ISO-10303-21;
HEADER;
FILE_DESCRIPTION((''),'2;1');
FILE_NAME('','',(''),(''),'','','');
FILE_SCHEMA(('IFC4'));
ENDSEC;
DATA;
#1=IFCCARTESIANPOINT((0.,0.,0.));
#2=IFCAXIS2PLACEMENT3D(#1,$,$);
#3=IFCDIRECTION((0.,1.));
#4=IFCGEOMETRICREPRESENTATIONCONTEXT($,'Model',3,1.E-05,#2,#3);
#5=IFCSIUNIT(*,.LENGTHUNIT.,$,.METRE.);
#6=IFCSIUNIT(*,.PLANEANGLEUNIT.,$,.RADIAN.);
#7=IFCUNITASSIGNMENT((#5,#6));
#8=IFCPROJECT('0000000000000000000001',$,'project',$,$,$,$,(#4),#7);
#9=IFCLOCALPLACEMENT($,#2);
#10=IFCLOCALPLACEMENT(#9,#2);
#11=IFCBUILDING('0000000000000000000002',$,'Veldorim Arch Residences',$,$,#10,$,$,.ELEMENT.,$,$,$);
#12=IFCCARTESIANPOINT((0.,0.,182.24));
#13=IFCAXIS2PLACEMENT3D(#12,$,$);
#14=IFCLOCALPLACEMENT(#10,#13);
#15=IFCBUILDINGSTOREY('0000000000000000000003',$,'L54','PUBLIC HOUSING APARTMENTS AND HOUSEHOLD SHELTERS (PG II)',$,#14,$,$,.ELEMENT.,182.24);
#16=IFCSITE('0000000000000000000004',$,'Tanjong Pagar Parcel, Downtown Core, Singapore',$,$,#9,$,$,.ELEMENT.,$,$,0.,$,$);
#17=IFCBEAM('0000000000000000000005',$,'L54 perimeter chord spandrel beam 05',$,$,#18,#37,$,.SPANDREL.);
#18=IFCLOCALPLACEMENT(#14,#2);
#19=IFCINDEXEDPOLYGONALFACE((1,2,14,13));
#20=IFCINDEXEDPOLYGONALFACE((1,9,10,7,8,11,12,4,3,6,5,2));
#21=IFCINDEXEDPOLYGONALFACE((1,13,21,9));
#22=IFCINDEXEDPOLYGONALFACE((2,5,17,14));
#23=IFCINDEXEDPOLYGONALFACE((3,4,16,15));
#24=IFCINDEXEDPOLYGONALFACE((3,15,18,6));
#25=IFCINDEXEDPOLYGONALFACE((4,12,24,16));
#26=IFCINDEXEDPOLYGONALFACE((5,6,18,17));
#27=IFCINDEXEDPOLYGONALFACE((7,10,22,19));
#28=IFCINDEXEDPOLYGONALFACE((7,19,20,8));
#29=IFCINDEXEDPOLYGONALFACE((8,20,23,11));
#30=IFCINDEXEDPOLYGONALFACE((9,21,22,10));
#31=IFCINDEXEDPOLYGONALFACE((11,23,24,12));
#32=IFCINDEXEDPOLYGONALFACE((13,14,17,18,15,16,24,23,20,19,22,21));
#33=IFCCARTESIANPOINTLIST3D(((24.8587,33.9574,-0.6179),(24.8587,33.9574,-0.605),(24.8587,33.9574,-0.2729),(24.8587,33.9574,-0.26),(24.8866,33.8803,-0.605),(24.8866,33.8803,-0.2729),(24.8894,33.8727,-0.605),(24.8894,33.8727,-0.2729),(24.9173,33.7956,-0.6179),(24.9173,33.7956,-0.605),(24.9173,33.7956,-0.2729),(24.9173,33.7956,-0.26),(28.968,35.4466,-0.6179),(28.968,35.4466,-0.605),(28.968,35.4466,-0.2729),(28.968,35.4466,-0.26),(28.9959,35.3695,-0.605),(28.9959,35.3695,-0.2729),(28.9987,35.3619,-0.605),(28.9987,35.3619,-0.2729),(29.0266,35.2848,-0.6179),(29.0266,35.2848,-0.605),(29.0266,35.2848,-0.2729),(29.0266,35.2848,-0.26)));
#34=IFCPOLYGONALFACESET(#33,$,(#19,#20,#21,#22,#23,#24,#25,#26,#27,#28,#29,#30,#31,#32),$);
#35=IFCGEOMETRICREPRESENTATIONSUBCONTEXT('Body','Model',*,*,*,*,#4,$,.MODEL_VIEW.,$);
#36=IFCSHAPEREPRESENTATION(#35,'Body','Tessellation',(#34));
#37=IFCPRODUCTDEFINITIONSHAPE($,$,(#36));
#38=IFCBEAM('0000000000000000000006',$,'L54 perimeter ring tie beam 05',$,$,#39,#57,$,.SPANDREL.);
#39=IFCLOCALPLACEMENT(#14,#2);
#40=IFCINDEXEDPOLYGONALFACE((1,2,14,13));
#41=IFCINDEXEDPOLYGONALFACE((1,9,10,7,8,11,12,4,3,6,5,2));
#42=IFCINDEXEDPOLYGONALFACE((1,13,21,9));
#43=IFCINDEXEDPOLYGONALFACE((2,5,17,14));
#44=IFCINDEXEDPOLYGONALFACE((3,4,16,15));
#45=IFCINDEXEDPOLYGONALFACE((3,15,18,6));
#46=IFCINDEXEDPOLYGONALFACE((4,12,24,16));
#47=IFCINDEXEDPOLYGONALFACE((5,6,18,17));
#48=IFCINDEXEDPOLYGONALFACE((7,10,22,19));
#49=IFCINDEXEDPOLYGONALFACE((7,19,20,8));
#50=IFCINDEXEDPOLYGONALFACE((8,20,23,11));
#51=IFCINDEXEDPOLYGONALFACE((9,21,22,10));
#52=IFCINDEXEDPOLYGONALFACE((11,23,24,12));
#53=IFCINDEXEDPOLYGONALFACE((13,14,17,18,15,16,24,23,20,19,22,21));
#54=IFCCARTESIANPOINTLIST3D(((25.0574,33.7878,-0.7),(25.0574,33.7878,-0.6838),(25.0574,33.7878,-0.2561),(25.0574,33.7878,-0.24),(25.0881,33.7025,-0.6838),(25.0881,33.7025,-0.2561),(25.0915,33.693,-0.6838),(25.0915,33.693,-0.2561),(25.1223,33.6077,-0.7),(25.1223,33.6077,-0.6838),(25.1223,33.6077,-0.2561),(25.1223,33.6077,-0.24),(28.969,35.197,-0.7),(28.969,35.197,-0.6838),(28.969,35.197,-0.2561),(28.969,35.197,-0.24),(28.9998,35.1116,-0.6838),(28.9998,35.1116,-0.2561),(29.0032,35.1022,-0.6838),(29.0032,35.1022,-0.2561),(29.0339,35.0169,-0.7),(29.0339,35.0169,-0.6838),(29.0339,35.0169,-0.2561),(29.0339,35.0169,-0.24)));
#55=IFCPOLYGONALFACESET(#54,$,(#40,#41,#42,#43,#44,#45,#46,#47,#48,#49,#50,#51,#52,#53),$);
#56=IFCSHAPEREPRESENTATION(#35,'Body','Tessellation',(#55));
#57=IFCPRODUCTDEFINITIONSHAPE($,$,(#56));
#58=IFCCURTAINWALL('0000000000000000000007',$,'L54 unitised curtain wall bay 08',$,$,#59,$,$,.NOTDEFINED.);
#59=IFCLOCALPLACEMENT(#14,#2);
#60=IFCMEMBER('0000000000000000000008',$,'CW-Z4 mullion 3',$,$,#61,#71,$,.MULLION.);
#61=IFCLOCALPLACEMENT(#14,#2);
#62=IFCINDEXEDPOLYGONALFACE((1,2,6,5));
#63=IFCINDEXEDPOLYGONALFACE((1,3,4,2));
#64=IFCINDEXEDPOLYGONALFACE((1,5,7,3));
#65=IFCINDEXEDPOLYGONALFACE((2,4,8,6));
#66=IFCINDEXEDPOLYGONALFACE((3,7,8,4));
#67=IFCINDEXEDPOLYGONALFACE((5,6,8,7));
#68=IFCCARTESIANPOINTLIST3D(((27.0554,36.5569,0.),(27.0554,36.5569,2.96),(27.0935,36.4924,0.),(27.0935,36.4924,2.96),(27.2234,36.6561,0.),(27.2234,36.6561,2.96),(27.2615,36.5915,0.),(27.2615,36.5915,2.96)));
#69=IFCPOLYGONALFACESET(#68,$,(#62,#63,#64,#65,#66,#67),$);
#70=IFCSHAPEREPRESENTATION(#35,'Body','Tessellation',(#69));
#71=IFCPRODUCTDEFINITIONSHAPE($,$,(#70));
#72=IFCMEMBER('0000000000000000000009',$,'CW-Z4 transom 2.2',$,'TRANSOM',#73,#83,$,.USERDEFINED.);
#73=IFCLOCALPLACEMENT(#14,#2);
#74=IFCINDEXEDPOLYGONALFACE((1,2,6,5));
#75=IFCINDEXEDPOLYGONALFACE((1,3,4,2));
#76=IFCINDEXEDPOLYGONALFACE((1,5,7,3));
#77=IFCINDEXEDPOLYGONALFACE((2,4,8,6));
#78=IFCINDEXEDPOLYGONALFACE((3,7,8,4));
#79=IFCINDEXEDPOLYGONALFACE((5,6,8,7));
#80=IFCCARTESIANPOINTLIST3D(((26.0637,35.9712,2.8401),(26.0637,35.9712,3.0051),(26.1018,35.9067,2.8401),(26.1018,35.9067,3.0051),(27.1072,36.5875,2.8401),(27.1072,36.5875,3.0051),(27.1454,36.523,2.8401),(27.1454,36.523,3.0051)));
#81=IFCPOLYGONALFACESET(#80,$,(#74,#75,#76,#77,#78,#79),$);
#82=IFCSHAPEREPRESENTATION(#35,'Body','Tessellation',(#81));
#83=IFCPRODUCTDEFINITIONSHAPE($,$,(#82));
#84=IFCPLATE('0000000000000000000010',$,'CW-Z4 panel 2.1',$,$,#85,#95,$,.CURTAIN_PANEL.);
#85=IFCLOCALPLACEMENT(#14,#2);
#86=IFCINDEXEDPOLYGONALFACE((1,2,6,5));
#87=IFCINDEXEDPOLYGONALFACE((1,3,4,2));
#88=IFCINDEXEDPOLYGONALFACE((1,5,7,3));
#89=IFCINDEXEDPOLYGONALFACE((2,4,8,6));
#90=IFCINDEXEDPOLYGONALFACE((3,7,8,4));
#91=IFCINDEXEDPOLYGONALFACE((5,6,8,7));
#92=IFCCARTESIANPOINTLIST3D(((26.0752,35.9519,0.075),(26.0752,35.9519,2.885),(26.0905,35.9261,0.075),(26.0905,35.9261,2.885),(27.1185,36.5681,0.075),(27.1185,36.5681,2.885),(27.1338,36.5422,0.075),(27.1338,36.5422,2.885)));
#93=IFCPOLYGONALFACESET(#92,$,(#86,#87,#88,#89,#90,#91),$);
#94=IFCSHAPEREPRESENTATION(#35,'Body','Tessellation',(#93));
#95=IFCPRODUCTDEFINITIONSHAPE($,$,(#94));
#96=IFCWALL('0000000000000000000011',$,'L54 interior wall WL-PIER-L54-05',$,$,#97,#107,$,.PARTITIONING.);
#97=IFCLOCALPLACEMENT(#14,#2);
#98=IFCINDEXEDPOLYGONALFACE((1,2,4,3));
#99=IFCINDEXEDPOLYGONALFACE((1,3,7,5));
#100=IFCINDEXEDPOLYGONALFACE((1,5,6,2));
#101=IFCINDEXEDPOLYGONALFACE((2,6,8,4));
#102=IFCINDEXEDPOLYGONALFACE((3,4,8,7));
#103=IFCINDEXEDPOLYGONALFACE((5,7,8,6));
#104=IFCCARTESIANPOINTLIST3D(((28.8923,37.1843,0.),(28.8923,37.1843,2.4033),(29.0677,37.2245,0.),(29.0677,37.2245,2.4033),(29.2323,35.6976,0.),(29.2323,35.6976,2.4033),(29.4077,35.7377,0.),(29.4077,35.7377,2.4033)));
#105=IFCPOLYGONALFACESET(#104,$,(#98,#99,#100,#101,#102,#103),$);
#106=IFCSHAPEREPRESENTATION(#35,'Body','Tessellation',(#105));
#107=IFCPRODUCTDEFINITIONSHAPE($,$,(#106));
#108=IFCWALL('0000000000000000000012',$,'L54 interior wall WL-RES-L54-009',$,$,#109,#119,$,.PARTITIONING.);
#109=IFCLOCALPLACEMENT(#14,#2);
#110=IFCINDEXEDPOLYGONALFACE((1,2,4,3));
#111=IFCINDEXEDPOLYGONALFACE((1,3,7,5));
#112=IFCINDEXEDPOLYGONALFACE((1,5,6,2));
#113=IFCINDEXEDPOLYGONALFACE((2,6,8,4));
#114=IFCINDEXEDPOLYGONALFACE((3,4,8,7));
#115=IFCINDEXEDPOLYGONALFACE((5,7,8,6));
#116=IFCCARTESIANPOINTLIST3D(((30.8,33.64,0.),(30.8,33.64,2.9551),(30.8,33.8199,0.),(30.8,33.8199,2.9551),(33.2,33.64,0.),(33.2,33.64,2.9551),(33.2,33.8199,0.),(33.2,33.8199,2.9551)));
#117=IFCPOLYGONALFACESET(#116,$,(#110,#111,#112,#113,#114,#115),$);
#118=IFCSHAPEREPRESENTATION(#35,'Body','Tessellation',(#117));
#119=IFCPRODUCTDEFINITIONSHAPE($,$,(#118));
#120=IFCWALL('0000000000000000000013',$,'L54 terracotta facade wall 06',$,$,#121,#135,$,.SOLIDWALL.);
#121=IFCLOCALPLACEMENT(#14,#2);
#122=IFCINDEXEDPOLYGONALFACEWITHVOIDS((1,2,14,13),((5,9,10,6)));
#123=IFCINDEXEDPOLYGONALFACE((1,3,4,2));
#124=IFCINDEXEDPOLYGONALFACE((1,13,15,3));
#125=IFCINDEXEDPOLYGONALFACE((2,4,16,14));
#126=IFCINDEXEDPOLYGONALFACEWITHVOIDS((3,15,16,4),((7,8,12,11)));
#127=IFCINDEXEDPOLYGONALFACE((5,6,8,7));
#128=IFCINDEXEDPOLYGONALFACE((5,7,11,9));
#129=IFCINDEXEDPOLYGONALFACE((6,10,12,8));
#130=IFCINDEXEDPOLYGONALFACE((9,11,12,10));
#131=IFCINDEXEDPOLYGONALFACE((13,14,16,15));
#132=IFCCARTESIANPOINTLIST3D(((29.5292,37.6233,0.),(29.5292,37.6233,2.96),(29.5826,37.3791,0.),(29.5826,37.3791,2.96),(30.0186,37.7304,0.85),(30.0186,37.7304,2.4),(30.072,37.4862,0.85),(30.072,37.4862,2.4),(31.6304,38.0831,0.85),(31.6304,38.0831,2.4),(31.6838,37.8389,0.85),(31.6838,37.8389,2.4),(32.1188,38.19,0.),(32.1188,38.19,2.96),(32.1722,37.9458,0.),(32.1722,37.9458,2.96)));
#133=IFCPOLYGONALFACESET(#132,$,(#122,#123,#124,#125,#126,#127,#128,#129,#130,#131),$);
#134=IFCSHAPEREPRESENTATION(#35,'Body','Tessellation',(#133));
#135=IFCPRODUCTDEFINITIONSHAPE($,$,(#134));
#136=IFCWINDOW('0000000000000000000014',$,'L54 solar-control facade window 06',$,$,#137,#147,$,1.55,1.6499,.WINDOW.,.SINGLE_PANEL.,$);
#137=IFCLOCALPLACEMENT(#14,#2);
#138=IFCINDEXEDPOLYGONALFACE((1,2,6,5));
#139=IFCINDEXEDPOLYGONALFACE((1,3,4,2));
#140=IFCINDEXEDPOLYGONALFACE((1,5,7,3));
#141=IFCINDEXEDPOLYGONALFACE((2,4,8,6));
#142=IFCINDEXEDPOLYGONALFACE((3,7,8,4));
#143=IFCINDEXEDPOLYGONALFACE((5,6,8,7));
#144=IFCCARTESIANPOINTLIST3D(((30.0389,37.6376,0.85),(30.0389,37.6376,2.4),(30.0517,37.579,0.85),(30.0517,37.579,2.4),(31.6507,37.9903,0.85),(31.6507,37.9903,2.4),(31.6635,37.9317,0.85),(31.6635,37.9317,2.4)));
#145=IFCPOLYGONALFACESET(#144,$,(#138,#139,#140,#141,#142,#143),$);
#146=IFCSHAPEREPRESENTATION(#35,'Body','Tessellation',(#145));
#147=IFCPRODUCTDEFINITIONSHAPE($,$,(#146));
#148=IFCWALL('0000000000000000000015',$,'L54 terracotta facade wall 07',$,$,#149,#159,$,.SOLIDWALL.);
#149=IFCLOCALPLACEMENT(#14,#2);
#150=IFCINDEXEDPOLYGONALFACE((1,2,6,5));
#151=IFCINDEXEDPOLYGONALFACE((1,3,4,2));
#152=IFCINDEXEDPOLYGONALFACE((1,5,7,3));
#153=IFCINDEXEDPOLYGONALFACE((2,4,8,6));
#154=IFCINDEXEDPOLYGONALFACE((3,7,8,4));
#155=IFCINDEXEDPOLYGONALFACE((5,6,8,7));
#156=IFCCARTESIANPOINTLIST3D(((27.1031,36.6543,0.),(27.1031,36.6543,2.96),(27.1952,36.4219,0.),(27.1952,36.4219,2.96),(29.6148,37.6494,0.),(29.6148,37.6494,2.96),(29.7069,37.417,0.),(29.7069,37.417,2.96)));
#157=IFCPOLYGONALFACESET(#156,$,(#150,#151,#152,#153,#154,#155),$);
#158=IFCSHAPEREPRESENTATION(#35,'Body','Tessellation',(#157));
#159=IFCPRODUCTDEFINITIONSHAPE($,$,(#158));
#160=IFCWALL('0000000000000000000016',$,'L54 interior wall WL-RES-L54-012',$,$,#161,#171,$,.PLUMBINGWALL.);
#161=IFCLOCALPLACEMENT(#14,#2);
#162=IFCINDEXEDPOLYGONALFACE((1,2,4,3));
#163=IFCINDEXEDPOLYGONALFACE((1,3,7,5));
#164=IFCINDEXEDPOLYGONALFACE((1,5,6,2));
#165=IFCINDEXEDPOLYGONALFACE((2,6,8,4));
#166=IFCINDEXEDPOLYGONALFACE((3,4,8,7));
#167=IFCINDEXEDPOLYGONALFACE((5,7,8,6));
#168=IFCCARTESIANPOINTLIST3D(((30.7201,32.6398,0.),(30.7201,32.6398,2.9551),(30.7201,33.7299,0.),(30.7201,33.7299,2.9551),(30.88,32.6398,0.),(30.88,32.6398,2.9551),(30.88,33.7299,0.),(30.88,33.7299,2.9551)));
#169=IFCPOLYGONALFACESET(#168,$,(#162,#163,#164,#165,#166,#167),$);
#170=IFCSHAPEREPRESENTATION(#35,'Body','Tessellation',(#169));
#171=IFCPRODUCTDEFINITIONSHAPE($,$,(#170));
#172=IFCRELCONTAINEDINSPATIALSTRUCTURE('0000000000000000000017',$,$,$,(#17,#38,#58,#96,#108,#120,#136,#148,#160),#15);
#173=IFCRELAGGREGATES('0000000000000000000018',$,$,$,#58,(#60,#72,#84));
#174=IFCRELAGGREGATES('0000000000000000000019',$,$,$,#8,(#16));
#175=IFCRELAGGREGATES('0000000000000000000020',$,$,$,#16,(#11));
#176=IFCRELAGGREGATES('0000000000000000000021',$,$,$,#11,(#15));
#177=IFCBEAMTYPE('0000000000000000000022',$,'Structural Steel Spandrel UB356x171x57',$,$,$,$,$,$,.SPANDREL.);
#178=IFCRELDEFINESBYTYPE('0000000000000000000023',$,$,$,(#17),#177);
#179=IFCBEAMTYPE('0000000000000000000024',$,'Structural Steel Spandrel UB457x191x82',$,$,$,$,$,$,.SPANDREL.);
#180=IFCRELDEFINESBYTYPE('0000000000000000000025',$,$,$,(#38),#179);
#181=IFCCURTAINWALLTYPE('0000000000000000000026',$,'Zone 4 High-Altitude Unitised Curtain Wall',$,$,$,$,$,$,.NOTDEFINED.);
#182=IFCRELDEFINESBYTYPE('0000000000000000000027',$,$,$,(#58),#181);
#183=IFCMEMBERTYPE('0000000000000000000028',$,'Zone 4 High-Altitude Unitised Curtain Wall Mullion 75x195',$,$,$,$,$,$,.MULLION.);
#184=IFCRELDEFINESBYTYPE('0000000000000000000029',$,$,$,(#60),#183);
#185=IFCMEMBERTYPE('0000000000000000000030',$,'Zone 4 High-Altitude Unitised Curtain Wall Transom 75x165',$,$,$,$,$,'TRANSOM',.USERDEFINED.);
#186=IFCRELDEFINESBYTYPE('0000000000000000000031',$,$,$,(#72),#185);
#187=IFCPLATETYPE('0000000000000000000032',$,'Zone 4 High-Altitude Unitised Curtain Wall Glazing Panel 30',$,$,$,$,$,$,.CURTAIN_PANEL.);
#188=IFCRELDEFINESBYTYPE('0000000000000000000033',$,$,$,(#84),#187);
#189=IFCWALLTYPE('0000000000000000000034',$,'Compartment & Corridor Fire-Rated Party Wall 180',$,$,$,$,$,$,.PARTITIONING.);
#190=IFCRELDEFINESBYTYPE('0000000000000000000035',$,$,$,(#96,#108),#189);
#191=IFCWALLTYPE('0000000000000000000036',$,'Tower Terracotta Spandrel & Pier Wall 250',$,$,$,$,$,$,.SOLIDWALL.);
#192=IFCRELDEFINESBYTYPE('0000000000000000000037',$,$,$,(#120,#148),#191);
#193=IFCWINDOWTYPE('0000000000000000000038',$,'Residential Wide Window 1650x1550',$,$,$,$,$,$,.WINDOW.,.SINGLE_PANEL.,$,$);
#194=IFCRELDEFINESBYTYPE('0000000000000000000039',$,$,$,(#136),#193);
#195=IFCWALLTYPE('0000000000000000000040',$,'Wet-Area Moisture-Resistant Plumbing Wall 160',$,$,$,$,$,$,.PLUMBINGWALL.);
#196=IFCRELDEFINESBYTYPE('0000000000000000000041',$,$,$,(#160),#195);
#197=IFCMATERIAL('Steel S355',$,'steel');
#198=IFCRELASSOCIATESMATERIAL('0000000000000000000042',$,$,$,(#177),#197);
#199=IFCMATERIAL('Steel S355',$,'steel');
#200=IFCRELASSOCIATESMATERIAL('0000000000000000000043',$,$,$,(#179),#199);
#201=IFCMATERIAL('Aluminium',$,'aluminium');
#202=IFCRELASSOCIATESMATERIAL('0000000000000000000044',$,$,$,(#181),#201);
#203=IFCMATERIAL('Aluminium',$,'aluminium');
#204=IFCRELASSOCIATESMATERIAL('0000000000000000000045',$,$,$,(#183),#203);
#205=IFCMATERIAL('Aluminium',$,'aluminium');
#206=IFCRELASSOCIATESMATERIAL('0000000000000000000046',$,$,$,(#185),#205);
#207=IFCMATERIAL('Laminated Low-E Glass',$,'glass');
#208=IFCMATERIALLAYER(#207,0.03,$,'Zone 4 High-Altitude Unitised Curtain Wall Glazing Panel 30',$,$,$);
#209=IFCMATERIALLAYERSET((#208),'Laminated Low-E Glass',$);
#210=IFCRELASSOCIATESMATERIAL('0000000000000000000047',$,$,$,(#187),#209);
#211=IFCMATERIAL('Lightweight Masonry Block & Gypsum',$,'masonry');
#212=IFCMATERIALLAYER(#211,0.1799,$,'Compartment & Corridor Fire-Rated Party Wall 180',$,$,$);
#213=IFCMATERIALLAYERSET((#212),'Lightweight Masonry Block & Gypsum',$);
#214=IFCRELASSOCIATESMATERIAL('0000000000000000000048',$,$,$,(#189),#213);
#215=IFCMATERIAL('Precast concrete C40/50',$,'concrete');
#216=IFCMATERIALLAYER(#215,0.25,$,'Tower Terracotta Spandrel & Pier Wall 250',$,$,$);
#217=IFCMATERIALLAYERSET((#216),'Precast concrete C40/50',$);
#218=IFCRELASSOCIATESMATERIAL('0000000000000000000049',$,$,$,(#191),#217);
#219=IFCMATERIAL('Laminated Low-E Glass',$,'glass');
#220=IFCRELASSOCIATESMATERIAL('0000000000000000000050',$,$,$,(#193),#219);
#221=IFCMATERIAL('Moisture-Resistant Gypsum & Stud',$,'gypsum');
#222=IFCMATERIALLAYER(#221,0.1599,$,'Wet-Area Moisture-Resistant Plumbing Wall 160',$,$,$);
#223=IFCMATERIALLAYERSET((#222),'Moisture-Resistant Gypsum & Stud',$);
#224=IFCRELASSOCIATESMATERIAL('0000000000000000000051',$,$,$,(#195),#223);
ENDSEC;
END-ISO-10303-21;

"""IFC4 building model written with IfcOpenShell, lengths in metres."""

from ifc_helpers import new_model, si_unit, direction, frame, frame_2d, origin, origin_2d, place, context, subcontext, project, spatial, rectangle, i_section, extrude, material, layer, layer_set, material_profile, profile_set, type_object, element, fill, aggregate, save


model = new_model("IFC4")

# Units and contexts
model_context = context("Model", 3, precision=1e-05, world=origin(), true_north=direction((0.0, 1.0)))
body_context = subcontext(model_context, "Body", "Model", "MODEL_VIEW")
ifc_project = project(units=[si_unit("LENGTHUNIT", "METRE"), si_unit("PLANEANGLEUNIT", "RADIAN")], contexts=[model_context])

# Site, building, storey
site_placement = place(None, origin())
site = spatial("IfcSite", under=ifc_project, at=site_placement, Name="Tanjong Pagar Parcel, Downtown Core, Singapore", CompositionType="ELEMENT", RefElevation=0.0)
building_placement = place(site_placement, origin())
building = spatial("IfcBuilding", under=site, at=building_placement, Name="Veldorim Arch Residences", CompositionType="ELEMENT")
storey_placement = place(building_placement, frame((0.0, 0.0, 182.24)))
storey = spatial("IfcBuildingStorey", under=building, at=storey_placement, Name="L54", Description="PUBLIC HOUSING APARTMENTS AND HOUSEHOLD SHELTERS (PG II)", CompositionType="ELEMENT", Elevation=182.24)

# Beams
ifc_material_1 = material(Name="Steel S355", Category="steel")
ifc_material_profile_1 = material_profile(ifc_material_1, i_section(OverallWidth=0.1721, OverallDepth=0.3579, WebThickness=0.0081, FlangeThickness=0.0129, at=origin_2d()), Name="UB356x171x57")
ifc_profile_set_1 = profile_set([ifc_material_profile_1], Name="Steel S355")
beam_type_1 = type_object("IfcBeamType", Name="Structural Steel Spandrel UB356x171x57", PredefinedType="SPANDREL", material=ifc_profile_set_1)
beam_1_placement = place(storey_placement, frame((28.9973, 35.3657, -0.439), z_axis=(-0.940165, -0.34072, 0.0), x_axis=(0.34072, -0.940165, 0.0)))
element("IfcBeam", 1, at=beam_1_placement, inside=storey, type_object=beam_type_1, Name="L54 perimeter chord spandrel beam 05", PredefinedType="SPANDREL", context=body_context, shape_type="SweptSolid", body=[
    extrude(i_section(OverallWidth=0.1721, OverallDepth=0.3579, WebThickness=0.0081, FlangeThickness=0.0129, at=origin_2d()), origin(), (0.0, 0.0, 1.0), 4.3708),
])
ifc_material_2 = material(Name="Steel S355", Category="steel")
ifc_material_profile_2 = material_profile(ifc_material_2, i_section(OverallWidth=0.1914, OverallDepth=0.46, WebThickness=0.01, FlangeThickness=0.0161, at=origin_2d()), Name="UB457x191x82")
ifc_profile_set_2 = profile_set([ifc_material_profile_2], Name="Steel S355")
beam_type_2 = type_object("IfcBeamType", Name="Structural Steel Spandrel UB457x191x82", PredefinedType="SPANDREL", material=ifc_profile_set_2)
beam_2_placement = place(storey_placement, frame((29.0015, 35.1069, -0.47), z_axis=(-0.940811, -0.338932, 0.0), x_axis=(0.338932, -0.940811, 0.0)))
element("IfcBeam", 2, at=beam_2_placement, inside=storey, type_object=beam_type_2, Name="L54 perimeter ring tie beam 05", PredefinedType="SPANDREL", context=body_context, shape_type="SweptSolid", body=[
    extrude(i_section(OverallWidth=0.1914, OverallDepth=0.46, WebThickness=0.01, FlangeThickness=0.0161, at=origin_2d()), origin(), (0.0, 0.0, 1.0), 4.1577),
])

# Curtain wall, members, plate
ifc_material_3 = material(Name="Aluminium", Category="aluminium")
curtain_wall_type = type_object("IfcCurtainWallType", Name="Zone 4 High-Altitude Unitised Curtain Wall", PredefinedType="NOTDEFINED", material=ifc_material_3)
curtain_wall_placement = place(storey_placement, origin())
curtain_wall = element("IfcCurtainWall", 3, at=curtain_wall_placement, inside=storey, type_object=curtain_wall_type, Name="L54 unitised curtain wall bay 08", PredefinedType="NOTDEFINED")
ifc_material_4 = material(Name="Aluminium", Category="aluminium")
ifc_material_profile_3 = material_profile(ifc_material_4, rectangle(XDim=0.075, YDim=0.1951, at=origin_2d()), Name="ALU_MUL_75x195")
ifc_profile_set_3 = profile_set([ifc_material_profile_3], Name="Aluminium")
member_type_1 = type_object("IfcMemberType", Name="Zone 4 High-Altitude Unitised Curtain Wall Mullion 75x195", PredefinedType="MULLION", material=ifc_profile_set_3)
member_1_placement = place(storey_placement, frame((27.1584, 36.5742, 0.0), z_axis=(0.0, 0.0, 1.0), x_axis=(-0.508514, 0.861054, 0.0)))
member_1 = element("IfcMember", 4, at=member_1_placement, type_object=member_type_1, Name="CW-Z4 mullion 3", PredefinedType="MULLION", context=body_context, shape_type="SweptSolid", body=[
    extrude(rectangle(XDim=0.075, YDim=0.1951, at=origin_2d()), origin(), (0.0, 0.0, 1.0), 2.96),
])
ifc_material_5 = material(Name="Aluminium", Category="aluminium")
ifc_material_profile_4 = material_profile(ifc_material_5, rectangle(XDim=0.075, YDim=0.165, at=origin_2d()), Name="ALU_TRN_75x165")
ifc_profile_set_4 = profile_set([ifc_material_profile_4], Name="Aluminium")
member_type_2 = type_object("IfcMemberType", Name="Zone 4 High-Altitude Unitised Curtain Wall Transom 75x165", ElementType="TRANSOM", PredefinedType="USERDEFINED", material=ifc_profile_set_4)
member_2_placement = place(storey_placement, frame((26.0828, 35.939, 2.9226), z_axis=(0.861063, 0.508499, 0.0), x_axis=(-0.508499, 0.861063, 0.0)))
member_2 = element("IfcMember", 5, at=member_2_placement, type_object=member_type_2, Name="CW-Z4 transom 2.2", ObjectType="TRANSOM", PredefinedType="USERDEFINED", context=body_context, shape_type="SweptSolid", body=[
    extrude(rectangle(XDim=0.075, YDim=0.165, at=origin_2d()), origin(), (0.0, 0.0, 1.0), 1.2119),
])
ifc_material_6 = material(Name="Laminated Low-E Glass", Category="glass")
ifc_layer_1 = layer(ifc_material_6, 0.03, Name="Zone 4 High-Altitude Unitised Curtain Wall Glazing Panel 30")
ifc_layer_set_1 = layer_set([ifc_layer_1], Name="Laminated Low-E Glass")
plate_type = type_object("IfcPlateType", Name="Zone 4 High-Altitude Unitised Curtain Wall Glazing Panel 30", PredefinedType="CURTAIN_PANEL", material=ifc_layer_set_1)
plate_placement = place(storey_placement, frame((26.6045, 36.2471, 0.075), z_axis=(0.0, 0.0, 1.0), x_axis=(0.861054, 0.508514, 0.0)))
plate = element("IfcPlate", 6, at=plate_placement, type_object=plate_type, Name="CW-Z4 panel 2.1", PredefinedType="CURTAIN_PANEL", context=body_context, shape_type="SweptSolid", body=[
    extrude(rectangle(XDim=1.2117, YDim=0.03, at=origin_2d()), origin(), (0.0, 0.0, 1.0), 2.8101),
])
aggregate(curtain_wall, [member_1, member_2, plate])

# Walls
ifc_material_7 = material(Name="Lightweight Masonry Block & Gypsum", Category="masonry")
ifc_layer_2 = layer(ifc_material_7, 0.1799, Name="Compartment & Corridor Fire-Rated Party Wall 180")
ifc_layer_set_2 = layer_set([ifc_layer_2], Name="Lightweight Masonry Block & Gypsum")
wall_type_1 = type_object("IfcWallType", Name="Compartment & Corridor Fire-Rated Party Wall 180", PredefinedType="PARTITIONING", material=ifc_layer_set_2)
wall_1_placement = place(storey_placement, frame((29.3201, 35.7175, 0.0), z_axis=(0.0, 0.0, 1.0), x_axis=(-0.222977, 0.974824, 0.0)))
element("IfcWall", 7, at=wall_1_placement, inside=storey, type_object=wall_type_1, Name="L54 interior wall WL-PIER-L54-05", PredefinedType="PARTITIONING", context=body_context, shape_type="SweptSolid", body=[
    extrude(rectangle(XDim=1.5251, YDim=0.1799, at=frame_2d((0.7627, 0.0))), origin(), (0.0, 0.0, 1.0), 2.4033),
])
wall_2_placement = place(storey_placement, frame((30.8, 33.73, 0.0), z_axis=(0.0, 0.0, 1.0), x_axis=(1.0, 0.0, 0.0)))
element("IfcWall", 8, at=wall_2_placement, inside=storey, type_object=wall_type_1, Name="L54 interior wall WL-RES-L54-009", PredefinedType="PARTITIONING", context=body_context, shape_type="SweptSolid", body=[
    extrude(rectangle(XDim=2.3999, YDim=0.1799, at=frame_2d((1.2, 0.0))), origin(), (0.0, 0.0, 1.0), 2.9551),
])

# Wall, opening, window
ifc_material_8 = material(Name="Precast concrete C40/50", Category="concrete")
ifc_layer_3 = layer(ifc_material_8, 0.25, Name="Tower Terracotta Spandrel & Pier Wall 250")
ifc_layer_set_3 = layer_set([ifc_layer_3], Name="Precast concrete C40/50")
wall_type_2 = type_object("IfcWallType", Name="Tower Terracotta Spandrel & Pier Wall 250", PredefinedType="SOLIDWALL", material=ifc_layer_set_3)
wall_3_placement = place(storey_placement, frame((29.5559, 37.5012, 0.0), z_axis=(0.0, 0.0, 1.0), x_axis=(0.976886, 0.21376, 0.0)))
wall_3 = element("IfcWall", 9, at=wall_3_placement, inside=storey, type_object=wall_type_2, Name="L54 terracotta facade wall 06", PredefinedType="SOLIDWALL", context=body_context, shape_type="SweptSolid", body=[
    extrude(rectangle(XDim=2.6509, YDim=0.25, at=frame_2d((1.3254, 0.0))), origin(), (0.0, 0.0, 1.0), 2.96),
])
opening_1_placement = place(wall_3_placement, frame((0.501, 0.0, 0.8501)))
opening_1 = element("IfcOpeningElement", 10, at=opening_1_placement, cuts=wall_3, PredefinedType="OPENING", context=body_context, shape_type="SweptSolid", body=[
    extrude(rectangle(XDim=1.6499, YDim=1.55, at=frame_2d((0.825, 0.7749))), frame((0.0, 0.135, 0.0), z_axis=(0.0, -1.0, 0.0), x_axis=(1.0, 0.0, 0.0)), (0.0, 0.0, 1.0), 0.27),
])
ifc_material_9 = material(Name="Laminated Low-E Glass", Category="glass")
window_type = type_object("IfcWindowType", Name="Residential Wide Window 1650x1550", PartitioningType="SINGLE_PANEL", PredefinedType="WINDOW", material=ifc_material_9)
window_placement = place(opening_1_placement, origin())
window = element("IfcWindow", 11, at=window_placement, inside=storey, type_object=window_type, Name="L54 solar-control facade window 06", OverallHeight=1.55, OverallWidth=1.6499, PartitioningType="SINGLE_PANEL", PredefinedType="WINDOW", context=body_context, shape_type="SweptSolid", body=[
    extrude(rectangle(XDim=1.6499, YDim=1.55, at=frame_2d((0.825, 0.7749))), frame((0.0, 0.03, 0.0), z_axis=(0.0, -1.0, 0.0), x_axis=(1.0, 0.0, 0.0)), (0.0, 0.0, 1.0), 0.0601),
])
fill(opening_1, window)

# Wall
wall_4_placement = place(storey_placement, frame((27.1492, 36.5381, 0.0), z_axis=(0.0, 0.0, 1.0), x_axis=(0.929693, 0.368335, 0.0)))
element("IfcWall", 12, at=wall_4_placement, inside=storey, type_object=wall_type_2, Name="L54 terracotta facade wall 07", PredefinedType="SOLIDWALL", context=body_context, shape_type="SweptSolid", body=[
    extrude(rectangle(XDim=2.7017, YDim=0.25, at=frame_2d((1.3508, 0.0))), origin(), (0.0, 0.0, 1.0), 2.96),
])

# Wall
ifc_material_10 = material(Name="Moisture-Resistant Gypsum & Stud", Category="gypsum")
ifc_layer_4 = layer(ifc_material_10, 0.1599, Name="Wet-Area Moisture-Resistant Plumbing Wall 160")
ifc_layer_set_4 = layer_set([ifc_layer_4], Name="Moisture-Resistant Gypsum & Stud")
wall_type_3 = type_object("IfcWallType", Name="Wet-Area Moisture-Resistant Plumbing Wall 160", PredefinedType="PLUMBINGWALL", material=ifc_layer_set_4)
wall_5_placement = place(storey_placement, frame((30.8, 32.6399, 0.0), z_axis=(0.0, 0.0, 1.0), x_axis=(0.0, 1.0, 0.0)))
element("IfcWall", 13, at=wall_5_placement, inside=storey, type_object=wall_type_3, Name="L54 interior wall WL-RES-L54-012", PredefinedType="PLUMBINGWALL", context=body_context, shape_type="SweptSolid", body=[
    extrude(rectangle(XDim=1.0901, YDim=0.1599, at=frame_2d((0.5449, 0.0))), origin(), (0.0, 0.0, 1.0), 2.9551),
])

save(model, "model.ifc")
